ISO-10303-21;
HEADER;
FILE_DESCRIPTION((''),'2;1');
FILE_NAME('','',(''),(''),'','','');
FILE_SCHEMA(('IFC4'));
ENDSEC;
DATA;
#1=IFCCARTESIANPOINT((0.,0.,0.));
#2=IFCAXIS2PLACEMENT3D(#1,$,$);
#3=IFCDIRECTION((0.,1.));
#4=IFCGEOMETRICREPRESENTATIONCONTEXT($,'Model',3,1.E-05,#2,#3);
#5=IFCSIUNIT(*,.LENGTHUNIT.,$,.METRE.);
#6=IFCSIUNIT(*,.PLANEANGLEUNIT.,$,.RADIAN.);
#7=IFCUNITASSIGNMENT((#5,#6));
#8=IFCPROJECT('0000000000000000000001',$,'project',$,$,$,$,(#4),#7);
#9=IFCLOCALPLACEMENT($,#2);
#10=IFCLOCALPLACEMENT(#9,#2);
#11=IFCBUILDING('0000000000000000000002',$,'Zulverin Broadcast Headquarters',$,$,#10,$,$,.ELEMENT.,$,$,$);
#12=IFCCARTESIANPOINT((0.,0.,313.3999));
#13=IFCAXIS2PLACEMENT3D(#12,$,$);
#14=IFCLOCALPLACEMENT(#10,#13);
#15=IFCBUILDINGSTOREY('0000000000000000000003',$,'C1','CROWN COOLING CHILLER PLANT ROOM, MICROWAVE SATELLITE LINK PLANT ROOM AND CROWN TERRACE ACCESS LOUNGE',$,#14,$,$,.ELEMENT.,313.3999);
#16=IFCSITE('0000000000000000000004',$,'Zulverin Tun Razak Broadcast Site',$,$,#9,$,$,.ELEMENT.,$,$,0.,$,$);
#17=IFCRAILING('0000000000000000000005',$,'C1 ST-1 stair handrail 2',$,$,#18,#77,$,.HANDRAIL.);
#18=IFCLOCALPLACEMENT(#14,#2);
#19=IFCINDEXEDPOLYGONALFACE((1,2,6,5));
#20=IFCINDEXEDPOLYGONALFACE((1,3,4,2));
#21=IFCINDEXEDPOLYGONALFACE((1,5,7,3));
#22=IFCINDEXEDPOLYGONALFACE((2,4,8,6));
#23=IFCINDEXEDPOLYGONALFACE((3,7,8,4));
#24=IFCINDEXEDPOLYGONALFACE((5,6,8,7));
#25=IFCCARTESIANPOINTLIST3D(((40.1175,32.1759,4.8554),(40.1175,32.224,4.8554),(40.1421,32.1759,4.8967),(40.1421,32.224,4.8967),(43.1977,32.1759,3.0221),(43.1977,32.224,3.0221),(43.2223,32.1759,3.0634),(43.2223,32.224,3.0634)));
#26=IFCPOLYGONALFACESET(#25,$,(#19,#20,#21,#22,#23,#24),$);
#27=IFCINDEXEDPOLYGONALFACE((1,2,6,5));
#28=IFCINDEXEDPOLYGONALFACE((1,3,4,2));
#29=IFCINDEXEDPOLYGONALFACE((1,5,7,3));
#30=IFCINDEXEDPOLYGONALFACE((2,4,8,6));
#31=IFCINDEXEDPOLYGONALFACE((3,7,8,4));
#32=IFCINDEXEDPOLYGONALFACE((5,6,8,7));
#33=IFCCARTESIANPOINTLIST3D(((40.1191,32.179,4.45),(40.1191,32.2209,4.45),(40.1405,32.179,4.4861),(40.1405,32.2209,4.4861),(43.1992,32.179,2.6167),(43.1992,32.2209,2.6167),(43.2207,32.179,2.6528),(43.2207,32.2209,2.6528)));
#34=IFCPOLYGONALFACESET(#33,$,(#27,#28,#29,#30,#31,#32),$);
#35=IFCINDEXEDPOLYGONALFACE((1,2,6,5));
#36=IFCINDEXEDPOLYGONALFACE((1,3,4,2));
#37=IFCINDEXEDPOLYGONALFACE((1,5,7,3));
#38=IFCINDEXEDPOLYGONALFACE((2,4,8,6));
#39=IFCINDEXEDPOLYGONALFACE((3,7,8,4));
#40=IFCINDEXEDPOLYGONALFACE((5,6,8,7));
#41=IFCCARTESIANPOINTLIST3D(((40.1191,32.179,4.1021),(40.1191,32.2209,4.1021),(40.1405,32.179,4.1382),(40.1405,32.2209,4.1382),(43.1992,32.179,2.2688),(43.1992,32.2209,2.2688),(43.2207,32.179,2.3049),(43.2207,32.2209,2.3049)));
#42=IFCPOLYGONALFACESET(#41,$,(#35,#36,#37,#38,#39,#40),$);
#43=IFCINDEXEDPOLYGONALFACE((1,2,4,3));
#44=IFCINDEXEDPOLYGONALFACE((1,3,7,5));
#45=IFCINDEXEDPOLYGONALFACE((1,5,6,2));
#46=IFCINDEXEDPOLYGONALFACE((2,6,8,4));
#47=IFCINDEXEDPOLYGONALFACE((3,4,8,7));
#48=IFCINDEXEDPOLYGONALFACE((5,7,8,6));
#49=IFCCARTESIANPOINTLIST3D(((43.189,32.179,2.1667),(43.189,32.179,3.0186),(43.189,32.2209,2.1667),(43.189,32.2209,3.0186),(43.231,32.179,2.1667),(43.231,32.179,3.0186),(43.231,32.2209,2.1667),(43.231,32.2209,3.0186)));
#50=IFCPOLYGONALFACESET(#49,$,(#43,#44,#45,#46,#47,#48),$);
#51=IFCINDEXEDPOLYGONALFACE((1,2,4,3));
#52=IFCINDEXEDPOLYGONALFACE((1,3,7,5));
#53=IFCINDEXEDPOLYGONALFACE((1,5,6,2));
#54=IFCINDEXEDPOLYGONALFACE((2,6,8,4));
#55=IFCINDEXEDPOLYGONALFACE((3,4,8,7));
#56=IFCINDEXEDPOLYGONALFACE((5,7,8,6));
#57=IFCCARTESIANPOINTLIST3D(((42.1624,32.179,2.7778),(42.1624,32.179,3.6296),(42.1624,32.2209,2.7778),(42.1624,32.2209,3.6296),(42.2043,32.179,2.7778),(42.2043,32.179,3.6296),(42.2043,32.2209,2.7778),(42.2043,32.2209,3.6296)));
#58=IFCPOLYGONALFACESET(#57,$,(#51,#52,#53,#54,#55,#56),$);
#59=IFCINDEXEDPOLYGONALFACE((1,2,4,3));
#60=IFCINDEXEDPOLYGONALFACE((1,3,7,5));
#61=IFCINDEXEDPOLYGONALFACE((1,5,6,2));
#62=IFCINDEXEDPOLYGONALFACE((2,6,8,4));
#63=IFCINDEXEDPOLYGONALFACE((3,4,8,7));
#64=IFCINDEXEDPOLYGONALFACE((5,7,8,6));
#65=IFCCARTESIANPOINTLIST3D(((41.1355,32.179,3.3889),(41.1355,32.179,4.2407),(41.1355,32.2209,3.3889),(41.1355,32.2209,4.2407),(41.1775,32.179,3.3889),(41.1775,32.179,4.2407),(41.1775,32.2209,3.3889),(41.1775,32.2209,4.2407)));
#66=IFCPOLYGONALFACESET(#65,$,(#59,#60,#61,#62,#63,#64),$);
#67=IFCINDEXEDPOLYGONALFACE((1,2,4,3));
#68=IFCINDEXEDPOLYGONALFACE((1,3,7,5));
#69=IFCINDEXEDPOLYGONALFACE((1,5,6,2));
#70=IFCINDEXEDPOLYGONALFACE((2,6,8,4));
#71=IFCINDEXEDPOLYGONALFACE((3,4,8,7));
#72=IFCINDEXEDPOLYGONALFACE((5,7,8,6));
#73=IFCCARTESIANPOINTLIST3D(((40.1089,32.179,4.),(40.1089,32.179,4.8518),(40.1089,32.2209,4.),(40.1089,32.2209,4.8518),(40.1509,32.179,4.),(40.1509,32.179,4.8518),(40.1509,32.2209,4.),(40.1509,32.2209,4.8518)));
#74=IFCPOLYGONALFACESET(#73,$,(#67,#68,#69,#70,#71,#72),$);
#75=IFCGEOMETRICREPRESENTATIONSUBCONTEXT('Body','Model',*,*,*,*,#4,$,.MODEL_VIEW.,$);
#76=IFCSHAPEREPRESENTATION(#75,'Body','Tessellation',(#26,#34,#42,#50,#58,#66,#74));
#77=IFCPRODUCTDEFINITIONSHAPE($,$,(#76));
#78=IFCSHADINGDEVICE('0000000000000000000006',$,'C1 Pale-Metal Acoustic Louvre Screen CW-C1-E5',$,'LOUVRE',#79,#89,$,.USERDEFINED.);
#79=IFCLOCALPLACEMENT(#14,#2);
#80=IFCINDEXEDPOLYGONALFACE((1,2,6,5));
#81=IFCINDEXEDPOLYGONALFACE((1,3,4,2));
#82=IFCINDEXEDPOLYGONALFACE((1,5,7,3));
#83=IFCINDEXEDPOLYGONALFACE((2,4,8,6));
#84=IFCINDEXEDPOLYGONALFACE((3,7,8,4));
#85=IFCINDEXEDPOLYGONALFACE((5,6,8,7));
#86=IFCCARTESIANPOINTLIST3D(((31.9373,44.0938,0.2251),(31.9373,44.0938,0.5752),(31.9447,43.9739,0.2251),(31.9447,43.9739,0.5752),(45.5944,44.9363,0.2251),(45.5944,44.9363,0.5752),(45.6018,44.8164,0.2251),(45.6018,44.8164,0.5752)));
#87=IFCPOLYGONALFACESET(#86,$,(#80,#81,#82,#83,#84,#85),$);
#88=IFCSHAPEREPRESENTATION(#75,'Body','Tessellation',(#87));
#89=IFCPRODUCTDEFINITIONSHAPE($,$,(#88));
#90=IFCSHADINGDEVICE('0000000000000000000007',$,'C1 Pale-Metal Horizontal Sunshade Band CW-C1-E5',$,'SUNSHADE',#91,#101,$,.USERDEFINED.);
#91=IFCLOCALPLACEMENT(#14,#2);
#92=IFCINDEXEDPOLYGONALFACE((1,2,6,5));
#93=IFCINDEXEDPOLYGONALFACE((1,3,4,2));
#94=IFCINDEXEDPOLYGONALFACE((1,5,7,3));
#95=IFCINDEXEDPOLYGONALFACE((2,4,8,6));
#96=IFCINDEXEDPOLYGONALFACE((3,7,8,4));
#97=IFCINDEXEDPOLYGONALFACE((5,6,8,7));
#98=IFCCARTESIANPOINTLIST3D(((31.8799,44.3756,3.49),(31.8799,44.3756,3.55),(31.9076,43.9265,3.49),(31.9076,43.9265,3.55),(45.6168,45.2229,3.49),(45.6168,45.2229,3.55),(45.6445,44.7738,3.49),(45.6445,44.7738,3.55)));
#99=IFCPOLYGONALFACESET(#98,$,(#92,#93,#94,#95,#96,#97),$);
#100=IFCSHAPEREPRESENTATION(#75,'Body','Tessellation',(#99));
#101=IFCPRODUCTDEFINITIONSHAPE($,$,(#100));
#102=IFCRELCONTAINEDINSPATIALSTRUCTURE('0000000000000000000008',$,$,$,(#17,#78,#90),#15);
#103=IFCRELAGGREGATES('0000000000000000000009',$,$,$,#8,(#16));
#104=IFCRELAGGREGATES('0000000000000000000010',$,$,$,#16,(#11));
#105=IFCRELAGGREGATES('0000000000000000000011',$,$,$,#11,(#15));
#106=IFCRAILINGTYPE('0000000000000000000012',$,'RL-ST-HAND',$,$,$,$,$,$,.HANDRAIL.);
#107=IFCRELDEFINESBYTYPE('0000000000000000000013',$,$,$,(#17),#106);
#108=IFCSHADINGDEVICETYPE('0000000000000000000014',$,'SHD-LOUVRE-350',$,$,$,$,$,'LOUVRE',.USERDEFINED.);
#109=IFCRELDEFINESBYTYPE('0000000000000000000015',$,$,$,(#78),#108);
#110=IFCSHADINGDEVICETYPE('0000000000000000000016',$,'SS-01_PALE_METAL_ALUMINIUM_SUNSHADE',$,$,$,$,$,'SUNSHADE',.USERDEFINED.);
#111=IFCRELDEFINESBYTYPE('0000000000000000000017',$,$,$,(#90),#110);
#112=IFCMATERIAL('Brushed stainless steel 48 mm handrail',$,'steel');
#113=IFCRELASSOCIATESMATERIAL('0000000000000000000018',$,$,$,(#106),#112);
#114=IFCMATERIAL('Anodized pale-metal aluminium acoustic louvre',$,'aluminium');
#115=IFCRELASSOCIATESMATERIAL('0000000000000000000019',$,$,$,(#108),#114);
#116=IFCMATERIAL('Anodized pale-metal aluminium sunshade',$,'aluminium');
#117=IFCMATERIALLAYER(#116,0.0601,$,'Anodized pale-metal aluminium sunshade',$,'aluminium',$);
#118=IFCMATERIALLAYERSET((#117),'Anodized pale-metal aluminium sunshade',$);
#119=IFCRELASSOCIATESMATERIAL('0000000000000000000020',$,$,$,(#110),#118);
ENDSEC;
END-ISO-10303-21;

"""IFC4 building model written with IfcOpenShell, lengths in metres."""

from ifc_helpers import new_model, si_unit, direction, frame, origin, origin_2d, place, context, subcontext, project, spatial, rectangle, extrude, material, layer, layer_set, type_object, element, save


model = new_model("IFC4")

# Units and contexts
model_context = context("Model", 3, precision=1e-05, world=origin(), true_north=direction((0.0, 1.0)))
body_context = subcontext(model_context, "Body", "Model", "MODEL_VIEW")
ifc_project = project(units=[si_unit("LENGTHUNIT", "METRE"), si_unit("PLANEANGLEUNIT", "RADIAN")], contexts=[model_context])

# Site, building, storey
site_placement = place(None, origin())
site = spatial("IfcSite", under=ifc_project, at=site_placement, Name="Zulverin Tun Razak Broadcast Site", CompositionType="ELEMENT", RefElevation=0.0)
building_placement = place(site_placement, origin())
building = spatial("IfcBuilding", under=site, at=building_placement, Name="Zulverin Broadcast Headquarters", CompositionType="ELEMENT")
storey_placement = place(building_placement, frame((0.0, 0.0, 313.3999)))
storey = spatial("IfcBuildingStorey", under=building, at=storey_placement, Name="C1", Description="CROWN COOLING CHILLER PLANT ROOM, MICROWAVE SATELLITE LINK PLANT ROOM AND CROWN TERRACE ACCESS LOUNGE", CompositionType="ELEMENT", Elevation=313.3999)

# Railing
ifc_material_1 = material(Name="Brushed stainless steel 48 mm handrail", Category="steel")
railing_type_1 = type_object("IfcRailingType", Name="RL-ST-HAND", PredefinedType="HANDRAIL", material=ifc_material_1)
railing_1_placement = place(storey_placement, frame((43.21, 32.2, 2.1667)))
element("IfcRailing", 1, at=railing_1_placement, inside=storey, type_object=railing_type_1, Name="C1 ST-1 stair handrail 2", PredefinedType="HANDRAIL", context=body_context, shape_type="SweptSolid", body=[
    extrude(rectangle(XDim=0.0481, YDim=0.0481, at=origin_2d()), frame((0.0, 0.0, 0.876), z_axis=(-0.859309, 0.0, 0.511458), x_axis=(0.0, -1.0, 0.0)), (0.0, 0.0, 1.0), 3.5845),
    extrude(rectangle(XDim=0.042, YDim=0.042, at=origin_2d()), frame((0.0, 0.0, 0.468), z_axis=(-0.859309, 0.0, 0.511458), x_axis=(0.0, -1.0, 0.0)), (0.0, 0.0, 1.0), 3.5845),
    extrude(rectangle(XDim=0.042, YDim=0.042, at=origin_2d()), frame((0.0, 0.0, 0.1201), z_axis=(-0.859309, 0.0, 0.511458), x_axis=(0.0, -1.0, 0.0)), (0.0, 0.0, 1.0), 3.5845),
    extrude(rectangle(XDim=0.042, YDim=0.042, at=origin_2d()), origin(), (0.0, 0.0, 1.0), 0.8518),
    extrude(rectangle(XDim=0.042, YDim=0.042, at=origin_2d()), frame((-1.0266, 0.0, 0.6111)), (0.0, 0.0, 1.0), 0.8518),
    extrude(rectangle(XDim=0.042, YDim=0.042, at=origin_2d()), frame((-2.0535, 0.0, 1.2222)), (0.0, 0.0, 1.0), 0.8518),
    extrude(rectangle(XDim=0.042, YDim=0.042, at=origin_2d()), frame((-3.0801, 0.0, 1.8333)), (0.0, 0.0, 1.0), 0.8518),
])

# Shading devices
ifc_material_2 = material(Name="Anodized pale-metal aluminium acoustic louvre", Category="aluminium")
shading_device_type_1 = type_object("IfcShadingDeviceType", Name="SHD-LOUVRE-350", ElementType="LOUVRE", PredefinedType="USERDEFINED", material=ifc_material_2)
shading_device_1_placement = place(storey_placement, frame((38.7695, 44.4551, 0.2251), z_axis=(0.0, 0.0, 1.0), x_axis=(-0.998103, -0.061569, 0.0)))
element("IfcShadingDevice", 2, at=shading_device_1_placement, inside=storey, type_object=shading_device_type_1, Name="C1 Pale-Metal Acoustic Louvre Screen CW-C1-E5", ObjectType="LOUVRE", PredefinedType="USERDEFINED", context=body_context, shape_type="SweptSolid", body=[
    extrude(rectangle(XDim=13.6831, YDim=0.1201, at=origin_2d()), origin(), (0.0, 0.0, 1.0), 0.3501),
])
ifc_material_3 = material(Name="Anodized pale-metal aluminium sunshade", Category="aluminium")
ifc_layer_1 = layer(ifc_material_3, 0.0601, Name="Anodized pale-metal aluminium sunshade", Category="aluminium")
ifc_layer_set_1 = layer_set([ifc_layer_1], Name="Anodized pale-metal aluminium sunshade")
shading_device_type_2 = type_object("IfcShadingDeviceType", Name="SS-01_PALE_METAL_ALUMINIUM_SUNSHADE", ElementType="SUNSHADE", PredefinedType="USERDEFINED", material=ifc_layer_set_1)
shading_device_2_placement = place(storey_placement, frame((38.7622, 44.5747, 3.49), z_axis=(0.0, 0.0, 1.0), x_axis=(-0.998103, -0.061569, 0.0)))
element("IfcShadingDevice", 3, at=shading_device_2_placement, inside=storey, type_object=shading_device_type_2, Name="C1 Pale-Metal Horizontal Sunshade Band CW-C1-E5", ObjectType="SUNSHADE", PredefinedType="USERDEFINED", context=body_context, shape_type="SweptSolid", body=[
    extrude(rectangle(XDim=13.7629, YDim=0.45, at=origin_2d()), origin(), (0.0, 0.0, 1.0), 0.0601),
])

save(model, "model.ifc")
